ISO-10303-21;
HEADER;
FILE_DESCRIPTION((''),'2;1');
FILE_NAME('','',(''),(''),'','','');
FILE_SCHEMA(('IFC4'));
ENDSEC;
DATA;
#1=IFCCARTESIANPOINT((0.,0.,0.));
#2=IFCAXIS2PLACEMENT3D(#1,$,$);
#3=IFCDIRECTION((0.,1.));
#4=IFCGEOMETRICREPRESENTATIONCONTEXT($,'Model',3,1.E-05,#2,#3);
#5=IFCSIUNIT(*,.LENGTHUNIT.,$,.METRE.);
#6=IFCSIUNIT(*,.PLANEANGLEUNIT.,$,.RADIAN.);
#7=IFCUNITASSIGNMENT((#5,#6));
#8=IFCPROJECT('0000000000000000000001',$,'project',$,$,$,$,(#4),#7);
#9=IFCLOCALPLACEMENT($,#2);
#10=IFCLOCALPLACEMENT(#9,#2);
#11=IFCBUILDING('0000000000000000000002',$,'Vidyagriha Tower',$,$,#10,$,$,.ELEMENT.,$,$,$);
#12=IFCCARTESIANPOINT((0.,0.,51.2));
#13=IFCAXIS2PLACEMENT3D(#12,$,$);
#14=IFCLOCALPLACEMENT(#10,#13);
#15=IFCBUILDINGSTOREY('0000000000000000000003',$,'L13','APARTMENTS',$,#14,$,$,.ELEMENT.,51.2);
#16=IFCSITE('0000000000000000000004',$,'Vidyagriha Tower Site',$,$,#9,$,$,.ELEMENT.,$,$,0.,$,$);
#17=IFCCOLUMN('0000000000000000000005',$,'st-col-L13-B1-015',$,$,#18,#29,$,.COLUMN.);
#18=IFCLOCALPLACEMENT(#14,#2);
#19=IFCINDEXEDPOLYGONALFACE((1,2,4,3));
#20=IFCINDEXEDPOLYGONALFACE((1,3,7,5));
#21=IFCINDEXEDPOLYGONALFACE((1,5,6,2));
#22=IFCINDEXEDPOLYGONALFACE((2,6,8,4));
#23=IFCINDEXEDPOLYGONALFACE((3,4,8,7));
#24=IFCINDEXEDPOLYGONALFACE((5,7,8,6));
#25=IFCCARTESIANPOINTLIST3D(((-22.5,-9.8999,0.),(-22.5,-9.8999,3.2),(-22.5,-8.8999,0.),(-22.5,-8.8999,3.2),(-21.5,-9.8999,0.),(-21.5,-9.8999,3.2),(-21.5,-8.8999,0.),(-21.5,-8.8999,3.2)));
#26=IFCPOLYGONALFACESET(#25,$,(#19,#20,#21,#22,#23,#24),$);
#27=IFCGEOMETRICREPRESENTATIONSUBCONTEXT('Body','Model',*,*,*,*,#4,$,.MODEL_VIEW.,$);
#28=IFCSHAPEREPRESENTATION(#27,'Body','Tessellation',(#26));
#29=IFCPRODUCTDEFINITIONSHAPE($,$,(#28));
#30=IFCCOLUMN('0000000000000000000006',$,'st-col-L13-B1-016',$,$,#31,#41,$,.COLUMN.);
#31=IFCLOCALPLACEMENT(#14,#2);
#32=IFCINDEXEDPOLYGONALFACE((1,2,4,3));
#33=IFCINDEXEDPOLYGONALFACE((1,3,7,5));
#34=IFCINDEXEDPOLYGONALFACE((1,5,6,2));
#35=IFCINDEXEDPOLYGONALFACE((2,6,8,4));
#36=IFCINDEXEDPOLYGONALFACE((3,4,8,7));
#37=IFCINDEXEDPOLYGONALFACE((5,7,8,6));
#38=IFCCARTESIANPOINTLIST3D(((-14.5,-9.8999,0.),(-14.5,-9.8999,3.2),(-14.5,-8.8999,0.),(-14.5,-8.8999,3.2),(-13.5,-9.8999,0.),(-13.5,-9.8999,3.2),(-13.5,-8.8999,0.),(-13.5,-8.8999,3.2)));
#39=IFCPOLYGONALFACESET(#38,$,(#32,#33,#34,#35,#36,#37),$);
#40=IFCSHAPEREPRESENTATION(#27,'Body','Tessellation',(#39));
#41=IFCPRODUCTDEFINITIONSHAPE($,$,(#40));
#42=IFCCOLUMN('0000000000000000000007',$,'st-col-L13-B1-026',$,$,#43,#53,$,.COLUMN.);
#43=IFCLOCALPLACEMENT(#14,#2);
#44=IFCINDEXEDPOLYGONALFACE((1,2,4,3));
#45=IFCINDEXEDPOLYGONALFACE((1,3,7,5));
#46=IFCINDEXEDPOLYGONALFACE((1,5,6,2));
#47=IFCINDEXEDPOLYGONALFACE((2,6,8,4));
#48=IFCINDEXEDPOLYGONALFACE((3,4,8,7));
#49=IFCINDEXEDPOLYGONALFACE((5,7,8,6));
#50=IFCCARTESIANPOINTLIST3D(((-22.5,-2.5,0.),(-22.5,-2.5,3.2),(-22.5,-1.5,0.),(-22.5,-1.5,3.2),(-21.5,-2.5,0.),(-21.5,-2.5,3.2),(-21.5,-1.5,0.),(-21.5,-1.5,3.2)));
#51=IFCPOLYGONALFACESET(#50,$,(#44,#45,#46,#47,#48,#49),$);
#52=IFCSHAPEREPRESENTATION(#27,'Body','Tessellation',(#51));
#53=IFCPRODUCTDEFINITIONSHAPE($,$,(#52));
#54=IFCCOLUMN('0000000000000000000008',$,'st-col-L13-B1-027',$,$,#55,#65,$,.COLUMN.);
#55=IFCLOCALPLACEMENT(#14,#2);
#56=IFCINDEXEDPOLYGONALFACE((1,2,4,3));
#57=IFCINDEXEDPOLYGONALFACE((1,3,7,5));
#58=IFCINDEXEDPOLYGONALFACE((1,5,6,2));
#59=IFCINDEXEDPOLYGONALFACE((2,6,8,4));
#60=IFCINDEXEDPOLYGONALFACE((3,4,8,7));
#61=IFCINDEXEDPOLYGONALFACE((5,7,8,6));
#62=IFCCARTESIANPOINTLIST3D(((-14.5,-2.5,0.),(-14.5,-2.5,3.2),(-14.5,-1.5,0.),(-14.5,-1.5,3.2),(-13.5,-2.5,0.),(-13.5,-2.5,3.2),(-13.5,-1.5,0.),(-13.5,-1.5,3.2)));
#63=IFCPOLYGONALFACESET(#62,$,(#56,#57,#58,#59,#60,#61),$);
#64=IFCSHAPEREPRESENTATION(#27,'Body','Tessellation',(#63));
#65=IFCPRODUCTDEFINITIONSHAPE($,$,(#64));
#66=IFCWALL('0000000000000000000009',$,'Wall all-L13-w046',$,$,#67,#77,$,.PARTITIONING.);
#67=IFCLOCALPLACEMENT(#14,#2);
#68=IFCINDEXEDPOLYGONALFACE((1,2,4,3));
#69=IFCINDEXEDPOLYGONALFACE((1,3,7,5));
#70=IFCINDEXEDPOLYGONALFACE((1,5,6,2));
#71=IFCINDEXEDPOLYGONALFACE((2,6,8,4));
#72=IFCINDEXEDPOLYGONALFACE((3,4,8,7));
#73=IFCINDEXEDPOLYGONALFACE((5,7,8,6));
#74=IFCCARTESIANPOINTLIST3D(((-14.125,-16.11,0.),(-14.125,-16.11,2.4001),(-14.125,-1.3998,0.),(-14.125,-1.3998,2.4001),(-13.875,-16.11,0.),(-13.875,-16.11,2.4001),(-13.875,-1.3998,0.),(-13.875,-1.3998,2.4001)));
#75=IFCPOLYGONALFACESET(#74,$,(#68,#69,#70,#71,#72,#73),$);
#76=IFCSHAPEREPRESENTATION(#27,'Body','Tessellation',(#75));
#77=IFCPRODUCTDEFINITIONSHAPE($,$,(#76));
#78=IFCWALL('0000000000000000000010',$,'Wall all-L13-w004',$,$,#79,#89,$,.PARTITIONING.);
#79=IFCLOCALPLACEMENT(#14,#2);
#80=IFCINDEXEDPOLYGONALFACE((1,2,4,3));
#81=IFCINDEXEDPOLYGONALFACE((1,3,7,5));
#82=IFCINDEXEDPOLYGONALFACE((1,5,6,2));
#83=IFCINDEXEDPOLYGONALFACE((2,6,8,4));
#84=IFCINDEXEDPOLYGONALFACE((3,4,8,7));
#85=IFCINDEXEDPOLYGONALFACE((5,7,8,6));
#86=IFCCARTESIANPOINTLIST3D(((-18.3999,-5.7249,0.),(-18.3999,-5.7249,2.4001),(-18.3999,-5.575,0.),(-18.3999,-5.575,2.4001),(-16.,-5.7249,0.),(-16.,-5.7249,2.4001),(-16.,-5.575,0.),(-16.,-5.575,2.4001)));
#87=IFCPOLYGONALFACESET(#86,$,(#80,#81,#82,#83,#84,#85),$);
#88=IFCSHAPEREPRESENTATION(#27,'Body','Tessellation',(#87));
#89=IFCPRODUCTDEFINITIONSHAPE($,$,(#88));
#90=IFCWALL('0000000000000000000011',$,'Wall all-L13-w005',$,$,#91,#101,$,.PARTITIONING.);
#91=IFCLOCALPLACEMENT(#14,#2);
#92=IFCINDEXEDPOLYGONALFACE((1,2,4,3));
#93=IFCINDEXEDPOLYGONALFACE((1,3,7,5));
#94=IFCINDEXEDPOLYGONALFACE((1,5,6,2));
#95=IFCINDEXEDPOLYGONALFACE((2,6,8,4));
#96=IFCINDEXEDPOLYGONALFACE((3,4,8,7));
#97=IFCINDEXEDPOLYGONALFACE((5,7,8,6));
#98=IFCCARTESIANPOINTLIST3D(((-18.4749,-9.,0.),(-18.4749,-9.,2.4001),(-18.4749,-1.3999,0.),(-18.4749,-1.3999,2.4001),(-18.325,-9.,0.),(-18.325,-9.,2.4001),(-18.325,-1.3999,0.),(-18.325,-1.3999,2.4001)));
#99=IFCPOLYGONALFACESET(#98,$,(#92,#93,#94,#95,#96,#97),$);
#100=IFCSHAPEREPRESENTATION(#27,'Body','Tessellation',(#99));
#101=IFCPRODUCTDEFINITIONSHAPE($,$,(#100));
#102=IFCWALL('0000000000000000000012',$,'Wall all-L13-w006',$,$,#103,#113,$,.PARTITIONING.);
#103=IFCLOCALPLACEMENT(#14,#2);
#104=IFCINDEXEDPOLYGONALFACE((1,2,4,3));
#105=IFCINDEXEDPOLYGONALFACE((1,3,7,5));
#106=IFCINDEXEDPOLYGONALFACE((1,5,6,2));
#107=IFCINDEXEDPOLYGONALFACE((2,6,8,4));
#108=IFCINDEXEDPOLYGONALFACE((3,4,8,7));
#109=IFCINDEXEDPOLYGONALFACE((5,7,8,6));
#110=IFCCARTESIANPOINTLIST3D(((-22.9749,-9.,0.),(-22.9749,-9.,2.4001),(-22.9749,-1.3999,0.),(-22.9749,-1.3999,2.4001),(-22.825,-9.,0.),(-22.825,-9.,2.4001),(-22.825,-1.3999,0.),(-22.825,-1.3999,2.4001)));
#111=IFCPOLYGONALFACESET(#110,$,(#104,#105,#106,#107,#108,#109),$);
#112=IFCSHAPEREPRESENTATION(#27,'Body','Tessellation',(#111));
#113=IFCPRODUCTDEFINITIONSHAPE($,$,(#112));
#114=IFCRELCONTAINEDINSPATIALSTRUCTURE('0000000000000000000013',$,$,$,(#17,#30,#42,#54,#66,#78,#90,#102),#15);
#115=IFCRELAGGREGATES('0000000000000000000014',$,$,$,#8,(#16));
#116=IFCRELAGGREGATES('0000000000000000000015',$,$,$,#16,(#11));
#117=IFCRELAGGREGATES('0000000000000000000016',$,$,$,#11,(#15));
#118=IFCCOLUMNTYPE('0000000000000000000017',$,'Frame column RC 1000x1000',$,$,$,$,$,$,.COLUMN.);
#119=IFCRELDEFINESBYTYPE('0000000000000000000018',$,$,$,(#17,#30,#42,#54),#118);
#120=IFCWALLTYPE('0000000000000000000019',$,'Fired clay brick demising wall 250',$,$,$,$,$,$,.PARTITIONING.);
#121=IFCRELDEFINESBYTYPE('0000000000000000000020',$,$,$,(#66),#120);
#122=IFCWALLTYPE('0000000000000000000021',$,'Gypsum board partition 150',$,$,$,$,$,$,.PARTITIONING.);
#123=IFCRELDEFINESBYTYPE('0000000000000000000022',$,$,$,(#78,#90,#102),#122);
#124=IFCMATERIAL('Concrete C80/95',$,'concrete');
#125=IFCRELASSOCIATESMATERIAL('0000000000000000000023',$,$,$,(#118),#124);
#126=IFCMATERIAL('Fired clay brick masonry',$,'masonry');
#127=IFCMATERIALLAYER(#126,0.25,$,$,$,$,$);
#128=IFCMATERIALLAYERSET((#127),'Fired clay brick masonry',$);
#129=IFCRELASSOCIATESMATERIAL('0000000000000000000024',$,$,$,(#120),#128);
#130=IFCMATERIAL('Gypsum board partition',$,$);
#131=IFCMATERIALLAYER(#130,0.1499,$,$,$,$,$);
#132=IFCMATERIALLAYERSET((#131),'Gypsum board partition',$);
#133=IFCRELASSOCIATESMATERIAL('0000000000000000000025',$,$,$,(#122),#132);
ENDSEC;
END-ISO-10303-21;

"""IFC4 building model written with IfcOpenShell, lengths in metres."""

from ifc_helpers import new_model, si_unit, direction, frame, frame_2d, origin, origin_2d, place, context, subcontext, project, spatial, rectangle, extrude, material, layer, layer_set, material_profile, profile_set, type_object, element, save


model = new_model("IFC4")

# Units and contexts
model_context = context("Model", 3, precision=1e-05, world=origin(), true_north=direction((0.0, 1.0)))
body_context = subcontext(model_context, "Body", "Model", "MODEL_VIEW")
ifc_project = project(units=[si_unit("LENGTHUNIT", "METRE"), si_unit("PLANEANGLEUNIT", "RADIAN")], contexts=[model_context])

# Site, building, storey
site_placement = place(None, origin())
site = spatial("IfcSite", under=ifc_project, at=site_placement, Name="Vidyagriha Tower Site", CompositionType="ELEMENT", RefElevation=0.0)
building_placement = place(site_placement, origin())
building = spatial("IfcBuilding", under=site, at=building_placement, Name="Vidyagriha Tower", CompositionType="ELEMENT")
storey_placement = place(building_placement, frame((0.0, 0.0, 51.2)))
storey = spatial("IfcBuildingStorey", under=building, at=storey_placement, Name="L13", Description="APARTMENTS", CompositionType="ELEMENT", Elevation=51.2)

# Columns
ifc_material_1 = material(Name="Concrete C80/95", Category="concrete")
ifc_material_profile = material_profile(ifc_material_1, rectangle(XDim=1.0, YDim=1.0, at=origin_2d()), Name="RC 1000x1000")
ifc_profile_set = profile_set([ifc_material_profile], Name="Concrete C80/95")
column_type = type_object("IfcColumnType", Name="Frame column RC 1000x1000", PredefinedType="COLUMN", material=ifc_profile_set)
for number, where, name in (
    (1, (-22.0, -9.3999, 0.0), "st-col-L13-B1-015"),
    (2, (-14.0, -9.3999, 0.0), "st-col-L13-B1-016"),
    (3, (-22.0, -2.0, 0.0), "st-col-L13-B1-026"),
    (4, (-14.0, -2.0, 0.0), "st-col-L13-B1-027"),
):
    element("IfcColumn", number, at=place(storey_placement, frame(where)), inside=storey, type_object=column_type, Name=name, PredefinedType="COLUMN", context=body_context, shape_type="SweptSolid", body=[
        extrude(rectangle(XDim=1.0, YDim=1.0, at=origin_2d()), origin(), (0.0, 0.0, 1.0), 3.2),
    ])

# Walls
ifc_material_2 = material(Name="Fired clay brick masonry", Category="masonry")
ifc_layer_1 = layer(ifc_material_2, 0.25)
ifc_layer_set_1 = layer_set([ifc_layer_1], Name="Fired clay brick masonry")
wall_type_1 = type_object("IfcWallType", Name="Fired clay brick demising wall 250", PredefinedType="PARTITIONING", material=ifc_layer_set_1)
wall_1_placement = place(storey_placement, frame((-14.0, -1.3999, 0.0), z_axis=(0.0, 0.0, 1.0), x_axis=(0.0, -1.0, 0.0)))
element("IfcWall", 5, at=wall_1_placement, inside=storey, type_object=wall_type_1, Name="Wall all-L13-w046", PredefinedType="PARTITIONING", context=body_context, shape_type="SweptSolid", body=[
    extrude(rectangle(XDim=14.7102, YDim=0.25, at=frame_2d((7.355, 0.0))), origin(), (0.0, 0.0, 1.0), 2.4001),
])
ifc_material_3 = material(Name="Gypsum board partition")
ifc_layer_2 = layer(ifc_material_3, 0.1499)
ifc_layer_set_2 = layer_set([ifc_layer_2], Name="Gypsum board partition")
wall_type_2 = type_object("IfcWallType", Name="Gypsum board partition 150", PredefinedType="PARTITIONING", material=ifc_layer_set_2)
wall_2_placement = place(storey_placement, frame((-16.0, -5.6499, 0.0), z_axis=(0.0, 0.0, 1.0), x_axis=(-1.0, 0.0, 0.0)))
element("IfcWall", 6, at=wall_2_placement, inside=storey, type_object=wall_type_2, Name="Wall all-L13-w004", PredefinedType="PARTITIONING", context=body_context, shape_type="SweptSolid", body=[
    extrude(rectangle(XDim=2.3999, YDim=0.1499, at=frame_2d((1.2, 0.0))), origin(), (0.0, 0.0, 1.0), 2.4001),
])
for number, where, z_axis, x_axis, name in (
    (7, (-18.3999, -9.0, 0.0), (0.0, 0.0, 1.0), (0.0, 1.0, 0.0), "Wall all-L13-w005"),
    (8, (-22.8999, -9.0, 0.0), (0.0, 0.0, 1.0), (0.0, 1.0, 0.0), "Wall all-L13-w006"),
):
    element("IfcWall", number, at=place(storey_placement, frame(where, z_axis=z_axis, x_axis=x_axis)), inside=storey, type_object=wall_type_2, Name=name, PredefinedType="PARTITIONING", context=body_context, shape_type="SweptSolid", body=[
        extrude(rectangle(XDim=7.6001, YDim=0.1499, at=frame_2d((3.8, 0.0))), origin(), (0.0, 0.0, 1.0), 2.4001),
    ])

save(model, "model.ifc")
